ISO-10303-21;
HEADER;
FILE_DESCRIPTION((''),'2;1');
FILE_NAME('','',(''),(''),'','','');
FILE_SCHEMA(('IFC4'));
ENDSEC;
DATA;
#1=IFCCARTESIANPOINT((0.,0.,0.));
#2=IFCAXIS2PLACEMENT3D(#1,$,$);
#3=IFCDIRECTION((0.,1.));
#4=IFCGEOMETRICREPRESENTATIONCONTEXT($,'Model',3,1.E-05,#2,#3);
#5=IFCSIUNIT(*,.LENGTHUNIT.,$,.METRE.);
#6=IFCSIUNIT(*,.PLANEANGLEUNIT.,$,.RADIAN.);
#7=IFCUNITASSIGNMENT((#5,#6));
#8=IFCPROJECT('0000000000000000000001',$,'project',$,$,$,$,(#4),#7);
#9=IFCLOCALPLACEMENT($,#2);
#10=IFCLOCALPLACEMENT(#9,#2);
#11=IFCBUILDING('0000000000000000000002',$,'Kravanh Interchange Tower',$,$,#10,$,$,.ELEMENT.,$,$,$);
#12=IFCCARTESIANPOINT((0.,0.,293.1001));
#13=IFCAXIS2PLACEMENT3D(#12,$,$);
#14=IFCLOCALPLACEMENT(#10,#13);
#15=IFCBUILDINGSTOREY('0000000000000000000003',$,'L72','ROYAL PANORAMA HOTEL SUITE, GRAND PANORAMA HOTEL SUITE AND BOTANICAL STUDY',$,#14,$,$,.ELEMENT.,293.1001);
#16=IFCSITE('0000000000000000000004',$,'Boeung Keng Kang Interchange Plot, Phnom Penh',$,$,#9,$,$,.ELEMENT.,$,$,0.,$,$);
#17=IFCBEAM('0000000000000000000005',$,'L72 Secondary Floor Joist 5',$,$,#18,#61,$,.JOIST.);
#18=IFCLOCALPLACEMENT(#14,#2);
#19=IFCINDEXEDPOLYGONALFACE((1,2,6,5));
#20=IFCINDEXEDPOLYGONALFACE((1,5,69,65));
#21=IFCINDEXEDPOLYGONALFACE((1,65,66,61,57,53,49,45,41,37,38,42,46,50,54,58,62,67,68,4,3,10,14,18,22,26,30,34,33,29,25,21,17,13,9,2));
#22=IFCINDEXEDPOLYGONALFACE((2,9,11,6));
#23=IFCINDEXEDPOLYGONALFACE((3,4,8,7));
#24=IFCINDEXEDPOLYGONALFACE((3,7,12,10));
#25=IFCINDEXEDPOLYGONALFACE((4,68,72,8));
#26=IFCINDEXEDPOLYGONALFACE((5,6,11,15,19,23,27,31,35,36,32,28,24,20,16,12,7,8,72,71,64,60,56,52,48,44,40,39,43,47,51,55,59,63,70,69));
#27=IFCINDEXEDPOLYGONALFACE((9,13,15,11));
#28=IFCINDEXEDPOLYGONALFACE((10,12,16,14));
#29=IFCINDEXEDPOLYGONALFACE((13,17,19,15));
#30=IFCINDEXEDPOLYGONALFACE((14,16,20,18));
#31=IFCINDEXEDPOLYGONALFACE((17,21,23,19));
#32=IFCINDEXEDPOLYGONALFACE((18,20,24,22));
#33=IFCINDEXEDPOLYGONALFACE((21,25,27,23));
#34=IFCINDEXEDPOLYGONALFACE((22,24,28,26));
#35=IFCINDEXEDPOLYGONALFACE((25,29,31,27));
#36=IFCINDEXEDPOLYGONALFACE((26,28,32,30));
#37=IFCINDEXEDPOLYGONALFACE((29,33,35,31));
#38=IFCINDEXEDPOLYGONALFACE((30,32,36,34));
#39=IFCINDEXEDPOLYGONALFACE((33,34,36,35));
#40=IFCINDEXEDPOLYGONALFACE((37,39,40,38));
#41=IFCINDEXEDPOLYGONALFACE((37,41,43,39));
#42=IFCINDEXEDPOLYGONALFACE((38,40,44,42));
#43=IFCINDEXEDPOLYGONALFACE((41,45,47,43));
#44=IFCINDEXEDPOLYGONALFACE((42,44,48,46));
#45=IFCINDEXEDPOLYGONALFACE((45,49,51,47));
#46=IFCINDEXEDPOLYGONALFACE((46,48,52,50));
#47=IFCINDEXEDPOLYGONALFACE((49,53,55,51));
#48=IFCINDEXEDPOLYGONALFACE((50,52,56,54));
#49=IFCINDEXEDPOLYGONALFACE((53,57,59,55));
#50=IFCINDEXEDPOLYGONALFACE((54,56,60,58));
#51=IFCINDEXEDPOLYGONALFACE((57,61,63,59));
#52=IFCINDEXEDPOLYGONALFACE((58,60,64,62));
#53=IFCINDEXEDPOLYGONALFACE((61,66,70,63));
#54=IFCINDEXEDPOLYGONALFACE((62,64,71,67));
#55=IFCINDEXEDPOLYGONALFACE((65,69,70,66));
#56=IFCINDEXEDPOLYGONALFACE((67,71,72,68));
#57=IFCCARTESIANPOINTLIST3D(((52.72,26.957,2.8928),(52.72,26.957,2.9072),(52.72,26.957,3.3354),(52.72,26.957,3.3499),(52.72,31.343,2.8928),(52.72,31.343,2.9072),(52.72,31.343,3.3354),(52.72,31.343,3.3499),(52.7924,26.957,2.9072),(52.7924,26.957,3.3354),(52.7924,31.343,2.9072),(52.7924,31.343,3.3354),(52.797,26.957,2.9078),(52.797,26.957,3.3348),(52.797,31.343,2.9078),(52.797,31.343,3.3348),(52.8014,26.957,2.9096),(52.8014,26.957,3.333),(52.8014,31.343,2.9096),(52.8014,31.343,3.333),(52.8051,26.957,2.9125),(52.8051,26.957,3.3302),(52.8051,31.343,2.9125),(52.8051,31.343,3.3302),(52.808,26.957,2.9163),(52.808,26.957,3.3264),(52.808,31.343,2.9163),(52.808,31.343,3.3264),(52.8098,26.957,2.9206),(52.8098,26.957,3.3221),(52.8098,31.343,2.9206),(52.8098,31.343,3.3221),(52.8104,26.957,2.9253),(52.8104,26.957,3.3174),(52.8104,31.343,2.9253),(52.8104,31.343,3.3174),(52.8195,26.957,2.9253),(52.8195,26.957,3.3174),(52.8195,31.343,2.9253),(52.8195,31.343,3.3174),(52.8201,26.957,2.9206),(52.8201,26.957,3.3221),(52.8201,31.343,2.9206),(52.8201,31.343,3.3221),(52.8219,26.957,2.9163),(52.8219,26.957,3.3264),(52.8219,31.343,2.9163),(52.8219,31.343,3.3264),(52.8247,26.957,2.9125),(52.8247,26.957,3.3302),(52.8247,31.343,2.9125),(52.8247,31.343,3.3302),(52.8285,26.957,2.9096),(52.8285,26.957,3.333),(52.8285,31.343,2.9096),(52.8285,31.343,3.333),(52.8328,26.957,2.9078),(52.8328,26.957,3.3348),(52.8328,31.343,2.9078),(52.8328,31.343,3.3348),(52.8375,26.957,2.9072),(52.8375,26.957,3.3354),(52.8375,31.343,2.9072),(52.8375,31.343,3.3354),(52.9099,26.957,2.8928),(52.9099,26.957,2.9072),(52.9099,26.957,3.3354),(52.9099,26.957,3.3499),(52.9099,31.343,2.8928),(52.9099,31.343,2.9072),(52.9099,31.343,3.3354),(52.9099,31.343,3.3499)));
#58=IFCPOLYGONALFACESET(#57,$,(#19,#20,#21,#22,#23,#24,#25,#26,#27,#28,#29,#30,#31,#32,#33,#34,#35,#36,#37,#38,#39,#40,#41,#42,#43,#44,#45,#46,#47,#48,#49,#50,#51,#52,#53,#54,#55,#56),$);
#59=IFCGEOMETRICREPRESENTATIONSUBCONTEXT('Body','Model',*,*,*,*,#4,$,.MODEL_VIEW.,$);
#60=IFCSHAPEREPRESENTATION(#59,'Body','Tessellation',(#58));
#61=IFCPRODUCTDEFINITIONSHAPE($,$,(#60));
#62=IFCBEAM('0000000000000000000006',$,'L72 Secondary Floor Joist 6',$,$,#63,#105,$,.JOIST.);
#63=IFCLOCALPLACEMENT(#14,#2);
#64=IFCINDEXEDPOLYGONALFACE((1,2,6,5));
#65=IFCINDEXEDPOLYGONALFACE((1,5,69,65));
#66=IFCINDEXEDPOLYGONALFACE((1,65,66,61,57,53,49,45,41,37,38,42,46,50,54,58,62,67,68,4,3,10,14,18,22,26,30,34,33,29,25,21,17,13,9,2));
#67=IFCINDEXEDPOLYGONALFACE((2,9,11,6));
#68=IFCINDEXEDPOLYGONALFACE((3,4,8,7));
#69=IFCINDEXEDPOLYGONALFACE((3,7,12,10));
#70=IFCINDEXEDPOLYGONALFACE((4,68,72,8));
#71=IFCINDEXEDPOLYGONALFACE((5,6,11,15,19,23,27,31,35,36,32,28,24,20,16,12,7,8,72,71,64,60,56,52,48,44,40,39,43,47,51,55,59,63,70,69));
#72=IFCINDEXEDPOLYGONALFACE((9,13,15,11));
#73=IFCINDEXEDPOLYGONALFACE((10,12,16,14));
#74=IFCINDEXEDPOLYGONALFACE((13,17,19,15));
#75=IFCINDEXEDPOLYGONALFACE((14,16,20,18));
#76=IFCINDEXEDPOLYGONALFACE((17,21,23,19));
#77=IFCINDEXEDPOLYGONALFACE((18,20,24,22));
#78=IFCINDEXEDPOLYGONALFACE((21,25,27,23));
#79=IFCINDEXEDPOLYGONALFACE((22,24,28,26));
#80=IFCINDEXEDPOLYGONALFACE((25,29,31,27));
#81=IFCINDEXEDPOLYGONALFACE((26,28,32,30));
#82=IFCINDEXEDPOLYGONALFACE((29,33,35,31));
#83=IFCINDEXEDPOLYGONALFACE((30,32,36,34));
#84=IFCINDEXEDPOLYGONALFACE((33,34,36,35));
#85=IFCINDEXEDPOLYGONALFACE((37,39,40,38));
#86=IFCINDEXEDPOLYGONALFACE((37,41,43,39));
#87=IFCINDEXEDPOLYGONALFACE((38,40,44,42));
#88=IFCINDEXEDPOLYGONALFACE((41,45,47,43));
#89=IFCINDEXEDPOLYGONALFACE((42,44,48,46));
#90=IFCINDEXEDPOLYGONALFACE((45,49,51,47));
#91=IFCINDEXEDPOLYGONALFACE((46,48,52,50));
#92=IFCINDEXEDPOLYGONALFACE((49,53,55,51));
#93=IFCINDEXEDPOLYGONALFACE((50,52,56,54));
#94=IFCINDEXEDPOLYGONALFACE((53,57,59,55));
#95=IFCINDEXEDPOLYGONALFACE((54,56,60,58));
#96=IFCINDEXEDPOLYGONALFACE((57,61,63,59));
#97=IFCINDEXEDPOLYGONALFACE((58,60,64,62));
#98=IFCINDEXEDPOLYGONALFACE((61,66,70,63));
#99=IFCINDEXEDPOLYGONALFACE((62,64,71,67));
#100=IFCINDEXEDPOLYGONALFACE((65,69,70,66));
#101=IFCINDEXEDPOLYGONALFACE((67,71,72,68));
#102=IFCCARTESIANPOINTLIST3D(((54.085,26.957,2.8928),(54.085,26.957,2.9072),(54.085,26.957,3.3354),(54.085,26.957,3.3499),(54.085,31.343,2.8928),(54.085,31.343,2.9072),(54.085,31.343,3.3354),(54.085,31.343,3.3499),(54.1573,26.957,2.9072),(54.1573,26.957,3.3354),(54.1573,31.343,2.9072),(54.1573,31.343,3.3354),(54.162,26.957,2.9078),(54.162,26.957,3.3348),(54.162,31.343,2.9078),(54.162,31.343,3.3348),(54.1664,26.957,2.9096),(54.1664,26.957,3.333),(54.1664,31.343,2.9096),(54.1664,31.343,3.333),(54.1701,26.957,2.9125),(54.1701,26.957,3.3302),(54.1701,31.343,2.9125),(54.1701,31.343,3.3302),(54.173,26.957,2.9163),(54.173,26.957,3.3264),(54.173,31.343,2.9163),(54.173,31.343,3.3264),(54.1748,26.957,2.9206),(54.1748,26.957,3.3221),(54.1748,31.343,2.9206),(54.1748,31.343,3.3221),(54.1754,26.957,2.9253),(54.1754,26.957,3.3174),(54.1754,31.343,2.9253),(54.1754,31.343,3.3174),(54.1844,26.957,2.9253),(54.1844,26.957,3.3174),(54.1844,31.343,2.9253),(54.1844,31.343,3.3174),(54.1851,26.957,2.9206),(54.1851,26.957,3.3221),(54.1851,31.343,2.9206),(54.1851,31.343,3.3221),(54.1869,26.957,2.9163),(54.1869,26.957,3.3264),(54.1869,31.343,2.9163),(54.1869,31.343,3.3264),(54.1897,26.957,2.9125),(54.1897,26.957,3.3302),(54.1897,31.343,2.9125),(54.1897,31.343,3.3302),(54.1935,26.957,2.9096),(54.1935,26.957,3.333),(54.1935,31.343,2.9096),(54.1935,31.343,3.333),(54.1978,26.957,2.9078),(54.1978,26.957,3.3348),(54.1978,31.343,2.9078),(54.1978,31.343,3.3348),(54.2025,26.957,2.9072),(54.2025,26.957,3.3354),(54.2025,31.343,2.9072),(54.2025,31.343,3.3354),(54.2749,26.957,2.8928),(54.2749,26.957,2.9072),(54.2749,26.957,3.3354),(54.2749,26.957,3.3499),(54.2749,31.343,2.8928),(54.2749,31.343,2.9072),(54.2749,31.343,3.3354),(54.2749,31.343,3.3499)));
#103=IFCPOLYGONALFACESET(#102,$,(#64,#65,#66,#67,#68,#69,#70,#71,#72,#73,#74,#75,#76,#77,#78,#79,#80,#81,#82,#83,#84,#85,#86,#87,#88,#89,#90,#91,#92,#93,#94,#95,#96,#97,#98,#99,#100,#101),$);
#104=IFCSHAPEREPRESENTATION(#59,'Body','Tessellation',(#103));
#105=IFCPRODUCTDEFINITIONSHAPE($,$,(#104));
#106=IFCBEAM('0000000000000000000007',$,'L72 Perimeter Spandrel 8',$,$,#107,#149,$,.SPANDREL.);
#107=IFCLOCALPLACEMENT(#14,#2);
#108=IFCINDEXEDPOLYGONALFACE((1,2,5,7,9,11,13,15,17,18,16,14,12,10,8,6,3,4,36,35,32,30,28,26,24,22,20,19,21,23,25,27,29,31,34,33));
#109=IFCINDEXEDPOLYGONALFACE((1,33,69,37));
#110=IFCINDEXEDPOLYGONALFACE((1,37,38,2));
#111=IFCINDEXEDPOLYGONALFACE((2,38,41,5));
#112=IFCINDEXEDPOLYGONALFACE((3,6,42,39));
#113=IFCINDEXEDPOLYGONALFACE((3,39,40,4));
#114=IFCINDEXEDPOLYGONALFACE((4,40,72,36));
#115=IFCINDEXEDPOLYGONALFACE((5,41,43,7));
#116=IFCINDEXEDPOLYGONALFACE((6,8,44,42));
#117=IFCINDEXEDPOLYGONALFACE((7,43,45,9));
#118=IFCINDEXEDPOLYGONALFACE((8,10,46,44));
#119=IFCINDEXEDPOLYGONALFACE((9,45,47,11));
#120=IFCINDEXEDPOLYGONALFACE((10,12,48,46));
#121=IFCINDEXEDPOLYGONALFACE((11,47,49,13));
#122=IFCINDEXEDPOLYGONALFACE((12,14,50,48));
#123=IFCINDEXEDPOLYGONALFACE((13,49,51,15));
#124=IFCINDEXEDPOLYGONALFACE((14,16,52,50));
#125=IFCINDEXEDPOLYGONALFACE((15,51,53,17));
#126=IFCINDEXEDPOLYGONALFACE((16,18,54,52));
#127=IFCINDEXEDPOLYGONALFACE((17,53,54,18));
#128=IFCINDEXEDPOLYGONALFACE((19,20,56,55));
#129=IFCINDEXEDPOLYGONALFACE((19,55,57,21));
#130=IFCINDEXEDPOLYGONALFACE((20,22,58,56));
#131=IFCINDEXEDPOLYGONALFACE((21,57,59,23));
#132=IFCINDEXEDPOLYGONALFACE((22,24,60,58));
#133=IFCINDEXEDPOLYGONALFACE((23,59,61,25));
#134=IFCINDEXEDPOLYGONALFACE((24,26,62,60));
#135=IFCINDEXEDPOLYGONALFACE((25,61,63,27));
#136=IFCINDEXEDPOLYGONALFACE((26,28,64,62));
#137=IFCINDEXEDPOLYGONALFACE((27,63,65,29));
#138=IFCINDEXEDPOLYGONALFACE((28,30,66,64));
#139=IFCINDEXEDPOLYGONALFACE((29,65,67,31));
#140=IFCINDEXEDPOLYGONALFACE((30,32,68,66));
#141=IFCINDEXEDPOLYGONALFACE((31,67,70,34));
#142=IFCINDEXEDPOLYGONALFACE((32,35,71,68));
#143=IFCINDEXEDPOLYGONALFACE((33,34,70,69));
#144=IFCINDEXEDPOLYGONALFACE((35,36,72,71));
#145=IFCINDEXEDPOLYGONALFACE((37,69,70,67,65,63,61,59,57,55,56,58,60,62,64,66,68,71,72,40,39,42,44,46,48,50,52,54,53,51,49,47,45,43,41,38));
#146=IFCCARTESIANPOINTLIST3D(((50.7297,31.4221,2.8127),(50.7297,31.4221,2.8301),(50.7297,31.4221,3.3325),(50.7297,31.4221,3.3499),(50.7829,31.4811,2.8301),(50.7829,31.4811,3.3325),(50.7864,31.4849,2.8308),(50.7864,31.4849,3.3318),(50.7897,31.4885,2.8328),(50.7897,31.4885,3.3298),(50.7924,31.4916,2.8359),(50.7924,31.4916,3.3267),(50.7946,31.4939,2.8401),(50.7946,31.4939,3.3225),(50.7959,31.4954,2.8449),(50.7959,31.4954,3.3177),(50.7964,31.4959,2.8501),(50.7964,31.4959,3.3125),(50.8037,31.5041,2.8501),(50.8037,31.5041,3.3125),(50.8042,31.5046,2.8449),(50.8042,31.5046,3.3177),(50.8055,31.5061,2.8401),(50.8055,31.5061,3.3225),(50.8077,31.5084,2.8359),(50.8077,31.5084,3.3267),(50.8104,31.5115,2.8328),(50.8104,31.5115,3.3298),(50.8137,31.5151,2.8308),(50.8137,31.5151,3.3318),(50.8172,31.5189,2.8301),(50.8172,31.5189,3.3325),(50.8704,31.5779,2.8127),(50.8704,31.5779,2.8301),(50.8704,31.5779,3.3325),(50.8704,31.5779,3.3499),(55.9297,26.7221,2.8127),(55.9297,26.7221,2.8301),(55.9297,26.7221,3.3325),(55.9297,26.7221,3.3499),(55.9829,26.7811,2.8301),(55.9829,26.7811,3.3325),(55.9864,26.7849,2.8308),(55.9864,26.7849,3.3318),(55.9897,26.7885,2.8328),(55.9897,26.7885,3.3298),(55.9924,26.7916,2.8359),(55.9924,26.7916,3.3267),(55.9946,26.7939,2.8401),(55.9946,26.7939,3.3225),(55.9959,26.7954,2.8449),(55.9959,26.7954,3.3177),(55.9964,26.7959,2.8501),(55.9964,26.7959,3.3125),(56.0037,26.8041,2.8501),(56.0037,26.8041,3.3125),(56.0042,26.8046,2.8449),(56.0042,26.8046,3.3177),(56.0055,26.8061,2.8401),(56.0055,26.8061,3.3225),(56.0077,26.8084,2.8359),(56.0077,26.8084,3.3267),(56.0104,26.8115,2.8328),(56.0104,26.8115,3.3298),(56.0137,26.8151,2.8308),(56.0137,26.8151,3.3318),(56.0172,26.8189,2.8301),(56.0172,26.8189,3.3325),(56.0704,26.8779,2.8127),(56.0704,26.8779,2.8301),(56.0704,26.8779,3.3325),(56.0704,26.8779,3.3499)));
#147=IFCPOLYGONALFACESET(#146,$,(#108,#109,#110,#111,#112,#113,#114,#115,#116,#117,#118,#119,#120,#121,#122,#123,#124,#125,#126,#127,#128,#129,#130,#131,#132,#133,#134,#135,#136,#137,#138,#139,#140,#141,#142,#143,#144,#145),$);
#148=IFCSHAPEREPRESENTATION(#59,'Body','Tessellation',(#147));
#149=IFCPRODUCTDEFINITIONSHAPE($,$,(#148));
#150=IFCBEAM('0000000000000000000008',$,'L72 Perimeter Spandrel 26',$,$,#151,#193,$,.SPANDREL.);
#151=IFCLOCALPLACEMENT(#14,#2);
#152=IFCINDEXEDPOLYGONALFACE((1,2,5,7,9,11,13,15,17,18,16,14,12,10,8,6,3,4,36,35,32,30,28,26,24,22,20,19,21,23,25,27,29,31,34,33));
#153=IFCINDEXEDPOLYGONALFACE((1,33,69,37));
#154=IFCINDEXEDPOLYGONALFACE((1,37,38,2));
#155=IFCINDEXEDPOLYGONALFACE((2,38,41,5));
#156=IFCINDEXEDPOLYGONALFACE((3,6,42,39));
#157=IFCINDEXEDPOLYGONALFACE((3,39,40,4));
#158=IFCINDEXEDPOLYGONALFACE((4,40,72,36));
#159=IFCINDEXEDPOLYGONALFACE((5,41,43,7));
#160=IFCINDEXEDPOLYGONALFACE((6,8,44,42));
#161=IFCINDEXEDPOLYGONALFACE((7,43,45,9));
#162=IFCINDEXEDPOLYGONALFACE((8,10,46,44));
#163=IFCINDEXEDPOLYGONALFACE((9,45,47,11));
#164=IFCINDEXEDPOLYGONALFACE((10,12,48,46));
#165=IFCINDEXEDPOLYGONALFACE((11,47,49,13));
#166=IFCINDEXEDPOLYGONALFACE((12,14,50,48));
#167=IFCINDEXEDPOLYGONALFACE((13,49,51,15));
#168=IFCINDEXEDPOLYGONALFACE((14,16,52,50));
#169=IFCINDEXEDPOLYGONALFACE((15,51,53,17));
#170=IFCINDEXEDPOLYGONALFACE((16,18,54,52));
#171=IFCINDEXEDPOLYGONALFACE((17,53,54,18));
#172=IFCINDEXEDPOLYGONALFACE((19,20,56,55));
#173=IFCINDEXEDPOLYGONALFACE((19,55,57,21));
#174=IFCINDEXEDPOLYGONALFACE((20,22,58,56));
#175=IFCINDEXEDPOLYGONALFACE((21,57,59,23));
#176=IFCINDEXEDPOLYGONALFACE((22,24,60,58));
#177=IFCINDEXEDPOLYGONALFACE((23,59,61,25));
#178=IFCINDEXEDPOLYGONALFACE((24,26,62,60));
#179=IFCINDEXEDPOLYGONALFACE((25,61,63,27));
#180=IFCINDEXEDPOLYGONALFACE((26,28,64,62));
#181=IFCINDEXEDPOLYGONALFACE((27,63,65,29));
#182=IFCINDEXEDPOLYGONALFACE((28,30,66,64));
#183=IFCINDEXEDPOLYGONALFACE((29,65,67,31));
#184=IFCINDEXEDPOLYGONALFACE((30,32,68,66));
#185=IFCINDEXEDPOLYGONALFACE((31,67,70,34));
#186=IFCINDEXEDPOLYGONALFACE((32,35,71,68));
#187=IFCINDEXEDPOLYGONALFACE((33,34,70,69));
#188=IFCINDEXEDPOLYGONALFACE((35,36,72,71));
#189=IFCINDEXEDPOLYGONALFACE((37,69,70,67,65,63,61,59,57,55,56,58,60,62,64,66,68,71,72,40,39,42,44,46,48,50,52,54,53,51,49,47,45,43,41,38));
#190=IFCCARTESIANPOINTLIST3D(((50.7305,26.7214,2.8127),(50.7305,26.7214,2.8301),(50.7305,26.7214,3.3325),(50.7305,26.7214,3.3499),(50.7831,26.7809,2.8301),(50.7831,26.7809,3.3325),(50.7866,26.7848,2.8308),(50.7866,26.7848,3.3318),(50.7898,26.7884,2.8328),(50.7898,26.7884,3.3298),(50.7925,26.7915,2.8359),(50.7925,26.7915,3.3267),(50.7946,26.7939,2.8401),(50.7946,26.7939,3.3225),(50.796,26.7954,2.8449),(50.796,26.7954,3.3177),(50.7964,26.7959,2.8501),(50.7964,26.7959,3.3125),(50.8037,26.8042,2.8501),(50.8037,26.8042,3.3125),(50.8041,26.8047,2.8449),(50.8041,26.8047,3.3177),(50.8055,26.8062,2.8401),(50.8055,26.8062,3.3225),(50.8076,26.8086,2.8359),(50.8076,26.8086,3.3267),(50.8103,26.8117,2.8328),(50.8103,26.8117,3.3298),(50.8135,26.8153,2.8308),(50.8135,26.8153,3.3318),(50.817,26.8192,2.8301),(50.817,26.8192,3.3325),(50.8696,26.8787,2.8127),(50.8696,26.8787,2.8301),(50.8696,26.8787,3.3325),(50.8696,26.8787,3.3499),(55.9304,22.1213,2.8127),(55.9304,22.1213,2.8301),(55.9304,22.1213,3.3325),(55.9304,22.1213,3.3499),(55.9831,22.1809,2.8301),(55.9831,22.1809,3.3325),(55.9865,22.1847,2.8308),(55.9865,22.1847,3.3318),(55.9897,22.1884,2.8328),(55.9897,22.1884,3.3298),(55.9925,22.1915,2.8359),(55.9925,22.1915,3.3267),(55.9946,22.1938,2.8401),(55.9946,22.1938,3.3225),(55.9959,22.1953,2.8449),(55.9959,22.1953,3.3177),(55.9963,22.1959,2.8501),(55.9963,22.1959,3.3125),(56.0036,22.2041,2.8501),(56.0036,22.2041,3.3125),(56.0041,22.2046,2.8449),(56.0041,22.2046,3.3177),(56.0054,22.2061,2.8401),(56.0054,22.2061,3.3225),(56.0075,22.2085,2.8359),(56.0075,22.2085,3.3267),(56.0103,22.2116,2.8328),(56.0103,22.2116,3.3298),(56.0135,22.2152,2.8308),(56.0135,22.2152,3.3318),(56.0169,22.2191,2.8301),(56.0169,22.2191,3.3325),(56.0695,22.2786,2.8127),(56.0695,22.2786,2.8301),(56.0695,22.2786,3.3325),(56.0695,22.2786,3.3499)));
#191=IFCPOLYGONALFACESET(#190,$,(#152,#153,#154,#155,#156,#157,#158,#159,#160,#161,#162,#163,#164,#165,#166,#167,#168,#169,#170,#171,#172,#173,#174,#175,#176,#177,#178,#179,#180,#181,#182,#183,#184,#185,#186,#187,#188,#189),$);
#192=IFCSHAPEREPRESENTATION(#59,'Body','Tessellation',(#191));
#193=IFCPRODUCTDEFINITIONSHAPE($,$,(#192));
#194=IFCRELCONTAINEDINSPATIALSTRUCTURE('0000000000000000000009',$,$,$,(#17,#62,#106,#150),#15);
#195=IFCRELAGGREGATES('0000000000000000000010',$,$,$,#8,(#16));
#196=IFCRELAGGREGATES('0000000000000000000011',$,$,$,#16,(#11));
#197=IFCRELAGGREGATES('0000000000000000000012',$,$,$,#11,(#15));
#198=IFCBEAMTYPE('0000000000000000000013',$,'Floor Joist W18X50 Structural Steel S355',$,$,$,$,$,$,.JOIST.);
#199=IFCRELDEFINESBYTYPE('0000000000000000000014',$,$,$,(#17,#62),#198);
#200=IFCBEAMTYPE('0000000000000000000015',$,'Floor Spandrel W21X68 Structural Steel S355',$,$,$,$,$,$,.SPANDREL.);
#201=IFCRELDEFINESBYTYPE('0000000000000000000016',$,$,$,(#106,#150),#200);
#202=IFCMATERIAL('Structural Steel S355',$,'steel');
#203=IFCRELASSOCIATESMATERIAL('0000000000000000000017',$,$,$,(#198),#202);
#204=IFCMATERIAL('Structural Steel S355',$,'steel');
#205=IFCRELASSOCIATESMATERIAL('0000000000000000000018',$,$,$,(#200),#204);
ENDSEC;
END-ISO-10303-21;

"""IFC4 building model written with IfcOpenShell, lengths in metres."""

from ifc_helpers import new_model, si_unit, direction, frame, origin, origin_2d, place, context, subcontext, project, spatial, i_section, extrude, material, material_profile, profile_set, type_object, element, save


model = new_model("IFC4")

# Units and contexts
model_context = context("Model", 3, precision=1e-05, world=origin(), true_north=direction((0.0, 1.0)))
body_context = subcontext(model_context, "Body", "Model", "MODEL_VIEW")
ifc_project = project(units=[si_unit("LENGTHUNIT", "METRE"), si_unit("PLANEANGLEUNIT", "RADIAN")], contexts=[model_context])

# Site, building, storey
site_placement = place(None, origin())
site = spatial("IfcSite", under=ifc_project, at=site_placement, Name="Boeung Keng Kang Interchange Plot, Phnom Penh", CompositionType="ELEMENT", RefElevation=0.0)
building_placement = place(site_placement, origin())
building = spatial("IfcBuilding", under=site, at=building_placement, Name="Kravanh Interchange Tower", CompositionType="ELEMENT")
storey_placement = place(building_placement, frame((0.0, 0.0, 293.1001)))
storey = spatial("IfcBuildingStorey", under=building, at=storey_placement, Name="L72", Description="ROYAL PANORAMA HOTEL SUITE, GRAND PANORAMA HOTEL SUITE AND BOTANICAL STUDY", CompositionType="ELEMENT", Elevation=293.1001)

# Beams
ifc_material_1 = material(Name="Structural Steel S355", Category="steel")
ifc_material_profile_1 = material_profile(ifc_material_1, i_section(OverallWidth=0.1899, OverallDepth=0.457, WebThickness=0.009, FlangeThickness=0.0144, FilletRadius=0.0181, at=origin_2d()), Name="W18X50")
ifc_profile_set_1 = profile_set([ifc_material_profile_1], Name="Structural Steel S355")
beam_type_1 = type_object("IfcBeamType", Name="Floor Joist W18X50 Structural Steel S355", PredefinedType="JOIST", material=ifc_profile_set_1)
for number, where, z_axis, x_axis, name in (
    (1, (52.8149, 26.957, 3.1213), (0.0, 1.0, 0.0), (-1.0, 0.0, 0.0), "L72 Secondary Floor Joist 5"),
    (2, (54.1799, 26.957, 3.1213), (0.0, 1.0, 0.0), (-1.0, 0.0, 0.0), "L72 Secondary Floor Joist 6"),
):
    element("IfcBeam", number, at=place(storey_placement, frame(where, z_axis=z_axis, x_axis=x_axis)), inside=storey, type_object=beam_type_1, Name=name, PredefinedType="JOIST", context=body_context, shape_type="SweptSolid", body=[
        extrude(i_section(OverallWidth=0.1899, OverallDepth=0.457, WebThickness=0.009, FlangeThickness=0.0144, FilletRadius=0.0181, at=origin_2d()), origin(), (0.0, 0.0, 1.0), 4.386),
    ])
ifc_material_2 = material(Name="Structural Steel S355", Category="steel")
ifc_material_profile_2 = material_profile(ifc_material_2, i_section(OverallWidth=0.21, OverallDepth=0.5371, WebThickness=0.011, FlangeThickness=0.0173, FilletRadius=0.02, at=origin_2d()), Name="W21X68")
ifc_profile_set_2 = profile_set([ifc_material_profile_2], Name="Structural Steel S355")
beam_type_2 = type_object("IfcBeamType", Name="Floor Spandrel W21X68 Structural Steel S355", PredefinedType="SPANDREL", material=ifc_profile_set_2)
beam_1_placement = place(storey_placement, frame((50.8, 31.5, 3.0813), z_axis=(0.741874, -0.670539, 0.0), x_axis=(0.670539, 0.741874, 0.0)))
element("IfcBeam", 3, at=beam_1_placement, inside=storey, type_object=beam_type_2, Name="L72 Perimeter Spandrel 8", PredefinedType="SPANDREL", context=body_context, shape_type="SweptSolid", body=[
    extrude(i_section(OverallWidth=0.21, OverallDepth=0.5371, WebThickness=0.011, FlangeThickness=0.0173, FilletRadius=0.02, at=origin_2d()), origin(), (0.0, 0.0, 1.0), 7.0093),
])
beam_2_placement = place(storey_placement, frame((50.8, 26.8, 3.0813), z_axis=(0.748986, -0.662585, 0.0), x_axis=(0.662585, 0.748986, 0.0)))
element("IfcBeam", 4, at=beam_2_placement, inside=storey, type_object=beam_type_2, Name="L72 Perimeter Spandrel 26", PredefinedType="SPANDREL", context=body_context, shape_type="SweptSolid", body=[
    extrude(i_section(OverallWidth=0.21, OverallDepth=0.5371, WebThickness=0.011, FlangeThickness=0.0173, FilletRadius=0.02, at=origin_2d()), origin(), (0.0, 0.0, 1.0), 6.9426),
])

save(model, "model.ifc")
